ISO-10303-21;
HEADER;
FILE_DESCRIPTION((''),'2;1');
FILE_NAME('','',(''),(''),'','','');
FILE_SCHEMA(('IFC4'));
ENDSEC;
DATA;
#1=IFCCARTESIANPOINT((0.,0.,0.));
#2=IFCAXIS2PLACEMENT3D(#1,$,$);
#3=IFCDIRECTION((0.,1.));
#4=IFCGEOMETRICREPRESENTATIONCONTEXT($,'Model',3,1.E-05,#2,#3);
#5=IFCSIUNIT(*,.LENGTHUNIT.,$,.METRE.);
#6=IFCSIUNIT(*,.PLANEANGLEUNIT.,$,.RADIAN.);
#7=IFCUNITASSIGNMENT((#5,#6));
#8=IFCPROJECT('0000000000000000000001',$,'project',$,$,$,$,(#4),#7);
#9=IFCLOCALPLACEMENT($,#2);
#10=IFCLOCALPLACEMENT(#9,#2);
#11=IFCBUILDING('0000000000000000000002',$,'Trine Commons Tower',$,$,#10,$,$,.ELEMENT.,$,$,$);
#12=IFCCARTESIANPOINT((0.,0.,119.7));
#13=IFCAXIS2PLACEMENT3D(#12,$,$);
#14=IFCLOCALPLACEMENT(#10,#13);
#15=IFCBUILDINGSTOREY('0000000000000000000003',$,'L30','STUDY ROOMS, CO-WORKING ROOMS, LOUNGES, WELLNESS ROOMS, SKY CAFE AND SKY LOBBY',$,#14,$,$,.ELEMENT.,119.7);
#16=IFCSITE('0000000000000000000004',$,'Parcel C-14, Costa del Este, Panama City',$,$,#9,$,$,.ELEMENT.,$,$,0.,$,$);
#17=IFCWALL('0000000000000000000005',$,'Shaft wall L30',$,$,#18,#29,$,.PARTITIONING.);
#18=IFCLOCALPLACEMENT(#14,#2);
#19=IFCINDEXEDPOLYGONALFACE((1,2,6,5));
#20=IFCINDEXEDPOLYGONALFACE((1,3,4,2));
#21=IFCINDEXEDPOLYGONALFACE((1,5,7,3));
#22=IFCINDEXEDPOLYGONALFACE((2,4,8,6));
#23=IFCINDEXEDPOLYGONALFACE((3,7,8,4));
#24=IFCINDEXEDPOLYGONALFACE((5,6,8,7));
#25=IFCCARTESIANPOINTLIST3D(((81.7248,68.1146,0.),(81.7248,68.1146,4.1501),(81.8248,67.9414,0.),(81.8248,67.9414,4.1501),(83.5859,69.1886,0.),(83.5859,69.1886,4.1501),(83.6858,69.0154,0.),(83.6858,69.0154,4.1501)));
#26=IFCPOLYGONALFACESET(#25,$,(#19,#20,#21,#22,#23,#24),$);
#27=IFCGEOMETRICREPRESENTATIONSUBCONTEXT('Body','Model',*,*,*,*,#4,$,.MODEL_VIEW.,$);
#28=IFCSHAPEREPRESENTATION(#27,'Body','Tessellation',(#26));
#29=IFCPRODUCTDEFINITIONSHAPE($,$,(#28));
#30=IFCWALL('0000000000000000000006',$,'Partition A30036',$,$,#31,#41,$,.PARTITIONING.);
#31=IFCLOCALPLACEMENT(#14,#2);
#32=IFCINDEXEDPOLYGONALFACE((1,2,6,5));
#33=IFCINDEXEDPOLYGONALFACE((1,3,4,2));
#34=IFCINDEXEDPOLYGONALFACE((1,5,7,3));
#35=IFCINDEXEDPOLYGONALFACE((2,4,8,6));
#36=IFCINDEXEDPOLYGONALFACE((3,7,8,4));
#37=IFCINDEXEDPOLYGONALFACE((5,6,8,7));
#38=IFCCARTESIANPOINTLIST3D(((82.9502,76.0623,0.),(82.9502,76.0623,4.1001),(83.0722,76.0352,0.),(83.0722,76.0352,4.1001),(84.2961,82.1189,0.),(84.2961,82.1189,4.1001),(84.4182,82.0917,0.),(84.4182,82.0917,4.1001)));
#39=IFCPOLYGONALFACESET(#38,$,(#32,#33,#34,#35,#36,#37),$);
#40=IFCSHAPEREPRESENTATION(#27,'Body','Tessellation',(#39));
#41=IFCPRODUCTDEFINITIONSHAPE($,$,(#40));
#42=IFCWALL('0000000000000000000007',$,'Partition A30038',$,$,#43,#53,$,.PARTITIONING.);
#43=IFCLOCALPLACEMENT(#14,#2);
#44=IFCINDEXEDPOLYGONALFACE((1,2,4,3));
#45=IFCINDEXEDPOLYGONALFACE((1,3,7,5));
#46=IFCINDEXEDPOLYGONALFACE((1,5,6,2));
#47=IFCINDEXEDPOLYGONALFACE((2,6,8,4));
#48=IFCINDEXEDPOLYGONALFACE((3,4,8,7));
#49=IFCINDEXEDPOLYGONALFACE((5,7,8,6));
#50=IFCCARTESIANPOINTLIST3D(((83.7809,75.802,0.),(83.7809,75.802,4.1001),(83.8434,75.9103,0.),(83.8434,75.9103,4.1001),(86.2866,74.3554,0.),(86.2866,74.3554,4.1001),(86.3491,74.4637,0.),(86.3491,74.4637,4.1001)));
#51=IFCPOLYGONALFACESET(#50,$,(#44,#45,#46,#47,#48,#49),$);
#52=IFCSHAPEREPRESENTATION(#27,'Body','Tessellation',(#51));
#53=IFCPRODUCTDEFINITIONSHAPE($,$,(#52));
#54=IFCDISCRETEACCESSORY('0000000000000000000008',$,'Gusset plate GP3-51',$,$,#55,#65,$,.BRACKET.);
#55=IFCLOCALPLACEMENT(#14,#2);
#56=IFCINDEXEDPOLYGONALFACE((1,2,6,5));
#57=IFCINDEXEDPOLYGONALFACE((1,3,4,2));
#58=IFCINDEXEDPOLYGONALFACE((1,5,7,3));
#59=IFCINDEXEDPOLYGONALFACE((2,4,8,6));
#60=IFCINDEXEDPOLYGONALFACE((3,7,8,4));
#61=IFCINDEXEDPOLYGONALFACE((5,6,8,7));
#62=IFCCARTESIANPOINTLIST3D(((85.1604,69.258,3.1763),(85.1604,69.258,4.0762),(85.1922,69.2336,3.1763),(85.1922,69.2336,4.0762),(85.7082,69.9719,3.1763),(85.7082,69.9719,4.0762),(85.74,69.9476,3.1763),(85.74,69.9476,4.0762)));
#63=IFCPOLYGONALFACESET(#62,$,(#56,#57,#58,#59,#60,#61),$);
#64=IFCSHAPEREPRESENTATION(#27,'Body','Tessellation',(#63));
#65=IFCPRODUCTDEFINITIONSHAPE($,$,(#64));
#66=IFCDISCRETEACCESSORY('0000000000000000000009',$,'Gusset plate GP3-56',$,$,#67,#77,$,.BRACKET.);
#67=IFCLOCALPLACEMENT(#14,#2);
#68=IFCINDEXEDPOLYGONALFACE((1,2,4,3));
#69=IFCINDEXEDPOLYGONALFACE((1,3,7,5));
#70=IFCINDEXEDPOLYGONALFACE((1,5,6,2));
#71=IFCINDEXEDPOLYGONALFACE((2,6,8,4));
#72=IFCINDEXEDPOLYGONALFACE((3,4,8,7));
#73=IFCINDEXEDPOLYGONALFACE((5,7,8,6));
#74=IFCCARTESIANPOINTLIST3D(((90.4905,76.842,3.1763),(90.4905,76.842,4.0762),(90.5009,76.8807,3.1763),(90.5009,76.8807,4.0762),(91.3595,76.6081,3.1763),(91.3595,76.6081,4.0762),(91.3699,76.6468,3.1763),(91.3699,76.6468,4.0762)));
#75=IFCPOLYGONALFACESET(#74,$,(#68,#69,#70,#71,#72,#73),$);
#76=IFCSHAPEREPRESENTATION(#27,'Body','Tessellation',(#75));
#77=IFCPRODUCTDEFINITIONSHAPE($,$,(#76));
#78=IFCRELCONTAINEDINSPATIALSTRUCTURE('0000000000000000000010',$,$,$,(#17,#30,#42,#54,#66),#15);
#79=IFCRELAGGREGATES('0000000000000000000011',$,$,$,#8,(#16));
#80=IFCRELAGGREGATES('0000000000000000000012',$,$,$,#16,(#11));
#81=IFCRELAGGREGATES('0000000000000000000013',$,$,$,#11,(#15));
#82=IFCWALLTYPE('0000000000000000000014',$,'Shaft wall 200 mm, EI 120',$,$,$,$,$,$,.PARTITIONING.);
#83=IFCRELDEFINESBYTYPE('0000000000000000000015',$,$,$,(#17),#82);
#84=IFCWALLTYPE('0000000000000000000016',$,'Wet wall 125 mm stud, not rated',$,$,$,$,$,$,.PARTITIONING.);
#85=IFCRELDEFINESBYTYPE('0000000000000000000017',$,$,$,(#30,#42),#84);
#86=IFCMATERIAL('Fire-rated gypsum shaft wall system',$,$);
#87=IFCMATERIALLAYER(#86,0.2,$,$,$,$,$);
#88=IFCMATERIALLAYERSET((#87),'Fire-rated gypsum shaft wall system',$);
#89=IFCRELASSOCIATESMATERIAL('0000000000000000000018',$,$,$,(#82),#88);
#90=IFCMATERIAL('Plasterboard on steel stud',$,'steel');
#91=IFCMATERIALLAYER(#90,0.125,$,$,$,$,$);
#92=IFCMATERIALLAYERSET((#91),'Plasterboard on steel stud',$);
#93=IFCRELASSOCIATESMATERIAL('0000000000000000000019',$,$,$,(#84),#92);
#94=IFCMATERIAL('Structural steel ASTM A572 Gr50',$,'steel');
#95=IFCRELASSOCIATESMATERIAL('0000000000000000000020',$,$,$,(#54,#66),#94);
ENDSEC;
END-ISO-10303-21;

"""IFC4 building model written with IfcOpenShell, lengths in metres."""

from ifc_helpers import new_model, si_unit, direction, frame, frame_2d, origin, origin_2d, place, context, subcontext, project, spatial, rectangle, extrude, material, layer, layer_set, type_object, element, save


model = new_model("IFC4")

# Units and contexts
model_context = context("Model", 3, precision=1e-05, world=origin(), true_north=direction((0.0, 1.0)))
body_context = subcontext(model_context, "Body", "Model", "MODEL_VIEW")
ifc_project = project(units=[si_unit("LENGTHUNIT", "METRE"), si_unit("PLANEANGLEUNIT", "RADIAN")], contexts=[model_context])

# Site, building, storey
site_placement = place(None, origin())
site = spatial("IfcSite", under=ifc_project, at=site_placement, Name="Parcel C-14, Costa del Este, Panama City", CompositionType="ELEMENT", RefElevation=0.0)
building_placement = place(site_placement, origin())
building = spatial("IfcBuilding", under=site, at=building_placement, Name="Trine Commons Tower", CompositionType="ELEMENT")
storey_placement = place(building_placement, frame((0.0, 0.0, 119.7)))
storey = spatial("IfcBuildingStorey", under=building, at=storey_placement, Name="L30", Description="STUDY ROOMS, CO-WORKING ROOMS, LOUNGES, WELLNESS ROOMS, SKY CAFE AND SKY LOBBY", CompositionType="ELEMENT", Elevation=119.7)

# Shared definitions
ifc_material_1 = material(Name="Plasterboard on steel stud", Category="steel")

# Walls
ifc_material_2 = material(Name="Fire-rated gypsum shaft wall system")
ifc_layer_1 = layer(ifc_material_2, 0.2)
ifc_layer_set_1 = layer_set([ifc_layer_1], Name="Fire-rated gypsum shaft wall system")
wall_type_1 = type_object("IfcWallType", Name="Shaft wall 200 mm, EI 120", PredefinedType="PARTITIONING", material=ifc_layer_set_1)
wall_1_placement = place(storey_placement, frame((81.7749, 68.0281, 0.0), z_axis=(0.0, 0.0, 1.0), x_axis=(0.866131, 0.499818, 0.0)))
element("IfcWall", 1, at=wall_1_placement, inside=storey, type_object=wall_type_1, Name="Shaft wall L30", PredefinedType="PARTITIONING", context=body_context, shape_type="SweptSolid", body=[
    extrude(rectangle(XDim=2.1487, YDim=0.2, at=frame_2d((1.0742, 0.0))), origin(), (0.0, 0.0, 1.0), 4.1501),
])
ifc_layer_2 = layer(ifc_material_1, 0.125)
ifc_layer_set_2 = layer_set([ifc_layer_2], Name="Plasterboard on steel stud")
wall_type_2 = type_object("IfcWallType", Name="Wet wall 125 mm stud, not rated", PredefinedType="PARTITIONING", material=ifc_layer_set_2)
wall_2_placement = place(storey_placement, frame((83.0112, 76.0488, 0.0), z_axis=(0.0, 0.0, 1.0), x_axis=(0.216935, 0.976186, 0.0)))
element("IfcWall", 2, at=wall_2_placement, inside=storey, type_object=wall_type_2, Name="Partition A30036", PredefinedType="PARTITIONING", context=body_context, shape_type="SweptSolid", body=[
    extrude(rectangle(XDim=6.2043, YDim=0.125, at=frame_2d((3.1021, 0.0))), origin(), (0.0, 0.0, 1.0), 4.1001),
])
wall_3_placement = place(storey_placement, frame((83.812, 75.8562, 0.0), z_axis=(0.0, 0.0, 1.0), x_axis=(0.866038, -0.499978, 0.0)))
element("IfcWall", 3, at=wall_3_placement, inside=storey, type_object=wall_type_2, Name="Partition A30038", PredefinedType="PARTITIONING", context=body_context, shape_type="SweptSolid", body=[
    extrude(rectangle(XDim=2.8933, YDim=0.125, at=frame_2d((1.4468, 0.0))), origin(), (0.0, 0.0, 1.0), 4.1001),
])

# Discrete accessories
ifc_material_3 = material(Name="Structural steel ASTM A572 Gr50", Category="steel")
for number, where, z_axis, x_axis, name in (
    (4, (85.4502, 69.6028, 3.1763), (0.0, 0.0, 1.0), (0.608761, 0.793353, 0.0), "Gusset plate GP3-51"),
    (5, (90.9302, 76.7444, 3.1763), (0.0, 0.0, 1.0), (-0.965627, 0.259932, 0.0), "Gusset plate GP3-56"),
):
    element("IfcDiscreteAccessory", number, at=place(storey_placement, frame(where, z_axis=z_axis, x_axis=x_axis)), inside=storey, material=ifc_material_3, Name=name, PredefinedType="BRACKET", context=body_context, shape_type="SweptSolid", body=[
        extrude(rectangle(XDim=0.8999, YDim=0.04, at=origin_2d()), origin(), (0.0, 0.0, 1.0), 0.8999),
    ])

save(model, "model.ifc")
